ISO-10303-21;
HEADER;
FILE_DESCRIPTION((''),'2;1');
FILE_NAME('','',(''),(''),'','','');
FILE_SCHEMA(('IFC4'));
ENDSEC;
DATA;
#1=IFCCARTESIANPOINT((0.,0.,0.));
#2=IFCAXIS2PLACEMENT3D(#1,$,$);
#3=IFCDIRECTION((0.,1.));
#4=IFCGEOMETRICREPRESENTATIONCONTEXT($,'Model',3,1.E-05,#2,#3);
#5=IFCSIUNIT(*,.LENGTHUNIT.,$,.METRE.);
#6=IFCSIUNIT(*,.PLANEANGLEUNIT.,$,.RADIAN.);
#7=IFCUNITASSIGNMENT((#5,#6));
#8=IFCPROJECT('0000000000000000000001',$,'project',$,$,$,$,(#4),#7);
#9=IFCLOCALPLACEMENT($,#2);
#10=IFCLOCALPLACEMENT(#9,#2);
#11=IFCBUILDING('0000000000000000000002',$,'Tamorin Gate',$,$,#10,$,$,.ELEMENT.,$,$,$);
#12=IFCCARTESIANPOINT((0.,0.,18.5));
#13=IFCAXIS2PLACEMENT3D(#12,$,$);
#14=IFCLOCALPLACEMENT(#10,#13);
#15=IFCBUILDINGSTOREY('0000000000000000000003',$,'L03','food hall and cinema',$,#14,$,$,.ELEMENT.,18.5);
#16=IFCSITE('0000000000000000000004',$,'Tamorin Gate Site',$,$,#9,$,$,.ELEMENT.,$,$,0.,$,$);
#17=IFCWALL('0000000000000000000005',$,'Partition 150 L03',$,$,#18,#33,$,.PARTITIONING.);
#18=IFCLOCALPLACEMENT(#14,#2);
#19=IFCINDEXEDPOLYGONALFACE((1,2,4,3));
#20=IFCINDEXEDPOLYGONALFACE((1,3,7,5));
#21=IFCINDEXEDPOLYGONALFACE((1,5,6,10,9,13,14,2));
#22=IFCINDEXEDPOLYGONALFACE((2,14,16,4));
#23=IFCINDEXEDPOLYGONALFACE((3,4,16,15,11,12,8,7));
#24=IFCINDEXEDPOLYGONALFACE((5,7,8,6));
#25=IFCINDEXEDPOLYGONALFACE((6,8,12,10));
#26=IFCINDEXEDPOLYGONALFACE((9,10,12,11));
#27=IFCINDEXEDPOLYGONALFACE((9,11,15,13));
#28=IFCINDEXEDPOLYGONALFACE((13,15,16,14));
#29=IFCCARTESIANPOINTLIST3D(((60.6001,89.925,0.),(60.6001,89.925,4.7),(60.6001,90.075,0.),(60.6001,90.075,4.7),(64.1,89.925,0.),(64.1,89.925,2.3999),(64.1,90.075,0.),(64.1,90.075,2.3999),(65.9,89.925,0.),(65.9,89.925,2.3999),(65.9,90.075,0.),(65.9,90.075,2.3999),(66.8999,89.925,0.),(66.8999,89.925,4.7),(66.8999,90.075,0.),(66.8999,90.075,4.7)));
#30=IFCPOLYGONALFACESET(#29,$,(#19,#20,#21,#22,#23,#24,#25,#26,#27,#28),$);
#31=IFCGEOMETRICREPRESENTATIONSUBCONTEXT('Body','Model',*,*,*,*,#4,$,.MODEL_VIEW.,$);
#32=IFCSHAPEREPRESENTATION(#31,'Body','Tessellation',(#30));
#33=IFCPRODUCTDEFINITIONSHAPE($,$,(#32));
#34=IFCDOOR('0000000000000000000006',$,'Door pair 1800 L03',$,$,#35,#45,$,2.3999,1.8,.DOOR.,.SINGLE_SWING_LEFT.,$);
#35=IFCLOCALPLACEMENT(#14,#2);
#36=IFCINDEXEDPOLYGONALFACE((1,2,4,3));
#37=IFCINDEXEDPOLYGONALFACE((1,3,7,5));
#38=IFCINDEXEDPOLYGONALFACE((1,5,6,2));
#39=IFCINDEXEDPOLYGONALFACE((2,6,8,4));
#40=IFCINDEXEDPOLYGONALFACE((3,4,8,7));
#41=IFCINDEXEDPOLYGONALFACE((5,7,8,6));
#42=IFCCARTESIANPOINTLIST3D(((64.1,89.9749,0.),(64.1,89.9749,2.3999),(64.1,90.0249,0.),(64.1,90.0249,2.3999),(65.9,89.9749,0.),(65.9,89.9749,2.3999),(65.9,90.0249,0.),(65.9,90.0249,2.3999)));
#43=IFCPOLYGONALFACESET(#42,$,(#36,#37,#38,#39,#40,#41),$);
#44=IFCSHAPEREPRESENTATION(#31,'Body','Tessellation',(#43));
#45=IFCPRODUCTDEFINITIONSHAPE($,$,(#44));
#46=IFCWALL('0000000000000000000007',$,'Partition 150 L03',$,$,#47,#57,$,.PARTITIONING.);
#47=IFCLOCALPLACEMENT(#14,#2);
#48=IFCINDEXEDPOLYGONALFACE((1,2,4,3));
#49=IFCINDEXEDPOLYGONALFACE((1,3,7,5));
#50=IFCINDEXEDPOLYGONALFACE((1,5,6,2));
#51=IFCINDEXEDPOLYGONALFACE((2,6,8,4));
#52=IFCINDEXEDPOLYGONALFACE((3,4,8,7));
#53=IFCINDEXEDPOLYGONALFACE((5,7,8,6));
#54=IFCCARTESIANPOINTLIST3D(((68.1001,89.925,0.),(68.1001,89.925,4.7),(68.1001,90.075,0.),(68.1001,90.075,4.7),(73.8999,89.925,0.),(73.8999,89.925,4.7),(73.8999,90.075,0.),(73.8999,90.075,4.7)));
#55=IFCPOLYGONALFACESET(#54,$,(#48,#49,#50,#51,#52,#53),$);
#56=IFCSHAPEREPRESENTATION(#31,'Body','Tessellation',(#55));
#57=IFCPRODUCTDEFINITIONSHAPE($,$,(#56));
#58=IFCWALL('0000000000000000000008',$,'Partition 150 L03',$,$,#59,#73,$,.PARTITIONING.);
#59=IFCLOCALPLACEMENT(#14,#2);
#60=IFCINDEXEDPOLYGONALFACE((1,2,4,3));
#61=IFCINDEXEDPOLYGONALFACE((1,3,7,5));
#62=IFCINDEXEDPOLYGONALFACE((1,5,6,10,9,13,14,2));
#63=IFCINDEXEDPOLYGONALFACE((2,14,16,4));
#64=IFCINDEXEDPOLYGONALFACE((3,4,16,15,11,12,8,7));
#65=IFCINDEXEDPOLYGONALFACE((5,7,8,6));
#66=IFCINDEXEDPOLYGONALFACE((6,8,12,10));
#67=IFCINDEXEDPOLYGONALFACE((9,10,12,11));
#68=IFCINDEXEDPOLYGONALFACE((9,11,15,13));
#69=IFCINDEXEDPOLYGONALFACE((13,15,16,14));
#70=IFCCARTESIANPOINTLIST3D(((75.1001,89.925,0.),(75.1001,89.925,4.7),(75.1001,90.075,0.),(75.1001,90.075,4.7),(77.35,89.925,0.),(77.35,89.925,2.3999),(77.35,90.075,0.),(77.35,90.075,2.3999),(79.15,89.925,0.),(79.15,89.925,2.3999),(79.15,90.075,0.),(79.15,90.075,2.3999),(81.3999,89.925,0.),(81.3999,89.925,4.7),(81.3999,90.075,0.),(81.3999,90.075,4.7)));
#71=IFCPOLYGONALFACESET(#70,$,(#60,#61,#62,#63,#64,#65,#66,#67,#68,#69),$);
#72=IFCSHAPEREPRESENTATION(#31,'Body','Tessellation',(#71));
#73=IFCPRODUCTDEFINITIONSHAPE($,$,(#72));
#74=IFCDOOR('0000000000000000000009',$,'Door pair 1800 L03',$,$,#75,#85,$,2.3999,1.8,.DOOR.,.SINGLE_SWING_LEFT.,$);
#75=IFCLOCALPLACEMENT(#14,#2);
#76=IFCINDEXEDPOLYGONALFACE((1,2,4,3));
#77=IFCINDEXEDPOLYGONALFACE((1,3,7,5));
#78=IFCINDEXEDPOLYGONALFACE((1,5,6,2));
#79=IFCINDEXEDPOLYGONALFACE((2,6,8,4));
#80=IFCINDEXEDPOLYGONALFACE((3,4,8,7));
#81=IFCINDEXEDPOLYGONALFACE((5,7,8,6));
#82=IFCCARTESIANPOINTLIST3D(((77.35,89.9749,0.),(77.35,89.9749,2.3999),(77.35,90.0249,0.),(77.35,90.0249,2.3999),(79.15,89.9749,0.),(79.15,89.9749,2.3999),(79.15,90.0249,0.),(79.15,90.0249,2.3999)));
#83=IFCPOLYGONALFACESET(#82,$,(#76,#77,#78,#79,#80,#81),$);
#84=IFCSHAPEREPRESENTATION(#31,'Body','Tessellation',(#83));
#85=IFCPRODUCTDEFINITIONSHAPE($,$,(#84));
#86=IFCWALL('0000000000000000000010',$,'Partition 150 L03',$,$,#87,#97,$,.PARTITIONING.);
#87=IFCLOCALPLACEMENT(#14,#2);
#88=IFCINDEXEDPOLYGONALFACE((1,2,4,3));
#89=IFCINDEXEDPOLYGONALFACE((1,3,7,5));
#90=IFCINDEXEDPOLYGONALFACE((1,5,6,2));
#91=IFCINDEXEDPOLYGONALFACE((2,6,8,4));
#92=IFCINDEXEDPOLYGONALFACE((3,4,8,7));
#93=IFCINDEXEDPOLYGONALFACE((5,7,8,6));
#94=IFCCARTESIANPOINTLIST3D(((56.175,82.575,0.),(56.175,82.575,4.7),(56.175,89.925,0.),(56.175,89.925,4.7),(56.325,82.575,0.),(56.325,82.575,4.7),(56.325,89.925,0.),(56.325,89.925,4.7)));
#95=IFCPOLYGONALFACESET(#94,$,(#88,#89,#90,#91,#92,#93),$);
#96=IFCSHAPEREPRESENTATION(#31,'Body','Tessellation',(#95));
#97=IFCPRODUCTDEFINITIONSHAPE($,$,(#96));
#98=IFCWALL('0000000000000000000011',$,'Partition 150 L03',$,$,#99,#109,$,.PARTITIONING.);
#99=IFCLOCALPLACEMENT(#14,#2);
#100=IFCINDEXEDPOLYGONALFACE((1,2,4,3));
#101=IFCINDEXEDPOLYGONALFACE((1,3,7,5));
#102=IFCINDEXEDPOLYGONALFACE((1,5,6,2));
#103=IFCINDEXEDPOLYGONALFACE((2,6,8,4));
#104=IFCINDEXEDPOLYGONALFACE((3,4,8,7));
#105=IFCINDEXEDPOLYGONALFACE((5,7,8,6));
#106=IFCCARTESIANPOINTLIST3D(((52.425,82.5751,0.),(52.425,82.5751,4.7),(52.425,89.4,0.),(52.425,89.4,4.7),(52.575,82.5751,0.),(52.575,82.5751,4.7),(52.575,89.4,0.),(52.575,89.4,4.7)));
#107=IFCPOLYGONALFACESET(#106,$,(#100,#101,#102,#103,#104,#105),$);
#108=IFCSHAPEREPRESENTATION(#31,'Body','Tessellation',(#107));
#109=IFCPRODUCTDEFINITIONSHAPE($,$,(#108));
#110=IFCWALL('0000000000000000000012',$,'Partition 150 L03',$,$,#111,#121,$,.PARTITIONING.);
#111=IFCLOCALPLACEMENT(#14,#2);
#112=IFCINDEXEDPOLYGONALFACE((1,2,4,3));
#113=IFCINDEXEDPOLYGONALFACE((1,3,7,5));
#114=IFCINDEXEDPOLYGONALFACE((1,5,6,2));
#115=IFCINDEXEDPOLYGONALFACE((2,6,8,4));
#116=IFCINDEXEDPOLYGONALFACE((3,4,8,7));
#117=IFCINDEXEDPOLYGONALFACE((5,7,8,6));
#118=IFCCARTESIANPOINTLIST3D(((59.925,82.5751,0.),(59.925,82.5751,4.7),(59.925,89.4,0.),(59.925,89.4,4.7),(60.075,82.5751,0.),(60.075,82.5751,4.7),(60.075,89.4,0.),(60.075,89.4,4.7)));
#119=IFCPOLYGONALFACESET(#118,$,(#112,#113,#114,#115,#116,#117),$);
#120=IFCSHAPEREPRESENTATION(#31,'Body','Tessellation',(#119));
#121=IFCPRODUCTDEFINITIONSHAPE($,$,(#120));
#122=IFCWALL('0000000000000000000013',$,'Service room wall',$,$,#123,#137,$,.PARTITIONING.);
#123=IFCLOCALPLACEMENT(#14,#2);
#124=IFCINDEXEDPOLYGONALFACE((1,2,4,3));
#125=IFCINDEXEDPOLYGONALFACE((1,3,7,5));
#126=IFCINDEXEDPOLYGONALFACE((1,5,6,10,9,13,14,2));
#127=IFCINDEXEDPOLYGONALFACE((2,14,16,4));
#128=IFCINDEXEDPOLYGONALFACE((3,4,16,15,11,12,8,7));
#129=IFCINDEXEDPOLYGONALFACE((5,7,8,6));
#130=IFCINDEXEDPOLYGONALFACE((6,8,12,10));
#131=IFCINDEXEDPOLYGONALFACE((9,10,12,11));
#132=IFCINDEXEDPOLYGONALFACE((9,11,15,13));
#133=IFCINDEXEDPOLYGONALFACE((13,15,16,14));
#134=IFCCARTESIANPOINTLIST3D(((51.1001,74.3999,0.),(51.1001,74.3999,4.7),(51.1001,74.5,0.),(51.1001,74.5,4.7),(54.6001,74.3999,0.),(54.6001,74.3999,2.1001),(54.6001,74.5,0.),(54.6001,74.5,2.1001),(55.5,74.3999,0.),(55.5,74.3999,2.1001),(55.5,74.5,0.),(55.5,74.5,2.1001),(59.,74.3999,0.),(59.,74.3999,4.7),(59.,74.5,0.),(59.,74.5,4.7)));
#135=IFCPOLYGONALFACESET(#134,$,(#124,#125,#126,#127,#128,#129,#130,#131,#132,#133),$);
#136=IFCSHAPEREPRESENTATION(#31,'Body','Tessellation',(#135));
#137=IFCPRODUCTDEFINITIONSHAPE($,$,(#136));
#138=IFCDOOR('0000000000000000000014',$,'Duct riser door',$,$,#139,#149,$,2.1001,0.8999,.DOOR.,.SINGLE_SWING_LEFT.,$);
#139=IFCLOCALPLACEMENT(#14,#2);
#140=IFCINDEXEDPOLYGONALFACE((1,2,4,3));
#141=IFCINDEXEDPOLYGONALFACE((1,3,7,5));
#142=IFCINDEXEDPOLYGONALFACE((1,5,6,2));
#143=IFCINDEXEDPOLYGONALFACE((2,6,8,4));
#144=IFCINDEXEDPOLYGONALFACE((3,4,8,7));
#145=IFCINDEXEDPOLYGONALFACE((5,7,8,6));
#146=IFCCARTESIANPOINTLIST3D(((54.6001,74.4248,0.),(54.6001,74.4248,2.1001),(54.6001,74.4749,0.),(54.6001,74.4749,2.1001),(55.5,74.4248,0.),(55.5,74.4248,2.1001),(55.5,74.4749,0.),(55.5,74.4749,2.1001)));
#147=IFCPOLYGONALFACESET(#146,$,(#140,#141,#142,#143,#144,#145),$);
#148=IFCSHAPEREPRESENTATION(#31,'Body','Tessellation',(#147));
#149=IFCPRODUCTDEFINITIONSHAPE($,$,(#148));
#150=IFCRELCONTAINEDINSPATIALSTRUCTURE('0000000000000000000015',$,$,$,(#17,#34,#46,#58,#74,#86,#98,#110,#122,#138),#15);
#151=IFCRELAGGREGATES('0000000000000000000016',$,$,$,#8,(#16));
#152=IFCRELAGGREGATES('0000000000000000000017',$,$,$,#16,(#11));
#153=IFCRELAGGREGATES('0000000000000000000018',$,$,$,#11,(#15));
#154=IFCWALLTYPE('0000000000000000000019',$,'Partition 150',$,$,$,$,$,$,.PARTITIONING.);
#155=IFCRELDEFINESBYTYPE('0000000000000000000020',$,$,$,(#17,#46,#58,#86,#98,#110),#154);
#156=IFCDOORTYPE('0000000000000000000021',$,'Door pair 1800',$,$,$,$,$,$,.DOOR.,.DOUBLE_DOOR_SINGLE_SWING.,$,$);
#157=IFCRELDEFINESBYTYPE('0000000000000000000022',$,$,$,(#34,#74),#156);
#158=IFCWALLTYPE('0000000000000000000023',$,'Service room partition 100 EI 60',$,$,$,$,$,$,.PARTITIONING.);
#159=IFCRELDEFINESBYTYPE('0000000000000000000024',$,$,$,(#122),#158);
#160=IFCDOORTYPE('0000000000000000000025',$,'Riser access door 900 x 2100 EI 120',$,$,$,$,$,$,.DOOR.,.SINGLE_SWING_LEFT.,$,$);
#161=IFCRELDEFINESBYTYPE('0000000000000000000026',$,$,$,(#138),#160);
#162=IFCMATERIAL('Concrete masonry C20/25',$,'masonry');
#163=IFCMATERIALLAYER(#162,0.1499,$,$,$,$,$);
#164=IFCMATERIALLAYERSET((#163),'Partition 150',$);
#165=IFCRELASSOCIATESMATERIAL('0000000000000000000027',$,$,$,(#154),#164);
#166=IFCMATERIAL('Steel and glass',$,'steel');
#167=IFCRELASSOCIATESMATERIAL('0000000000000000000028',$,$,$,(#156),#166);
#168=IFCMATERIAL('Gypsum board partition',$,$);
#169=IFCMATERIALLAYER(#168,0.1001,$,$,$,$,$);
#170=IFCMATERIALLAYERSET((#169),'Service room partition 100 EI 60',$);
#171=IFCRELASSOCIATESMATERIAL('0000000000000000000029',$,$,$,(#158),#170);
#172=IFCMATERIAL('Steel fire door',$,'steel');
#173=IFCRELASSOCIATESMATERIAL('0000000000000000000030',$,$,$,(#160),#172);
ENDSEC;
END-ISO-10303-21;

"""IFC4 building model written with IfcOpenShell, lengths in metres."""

from ifc_helpers import new_model, si_unit, direction, frame, frame_2d, origin, place, context, subcontext, project, spatial, rectangle, extrude, material, layer, layer_set, type_object, element, fill, save


model = new_model("IFC4")

# Units and contexts
model_context = context("Model", 3, precision=1e-05, world=origin(), true_north=direction((0.0, 1.0)))
body_context = subcontext(model_context, "Body", "Model", "MODEL_VIEW")
ifc_project = project(units=[si_unit("LENGTHUNIT", "METRE"), si_unit("PLANEANGLEUNIT", "RADIAN")], contexts=[model_context])

# Site, building, storey
site_placement = place(None, origin())
site = spatial("IfcSite", under=ifc_project, at=site_placement, Name="Tamorin Gate Site", CompositionType="ELEMENT", RefElevation=0.0)
building_placement = place(site_placement, origin())
building = spatial("IfcBuilding", under=site, at=building_placement, Name="Tamorin Gate", CompositionType="ELEMENT")
storey_placement = place(building_placement, frame((0.0, 0.0, 18.5)))
storey = spatial("IfcBuildingStorey", under=building, at=storey_placement, Name="L03", Description="food hall and cinema", CompositionType="ELEMENT", Elevation=18.5)

# Wall, opening, door
ifc_material_1 = material(Name="Concrete masonry C20/25", Category="masonry")
ifc_layer_1 = layer(ifc_material_1, 0.1499)
ifc_layer_set_1 = layer_set([ifc_layer_1], Name="Partition 150")
wall_type_1 = type_object("IfcWallType", Name="Partition 150", PredefinedType="PARTITIONING", material=ifc_layer_set_1)
wall_1_placement = place(storey_placement, frame((60.6001, 90.0, 0.0), z_axis=(0.0, 0.0, 1.0), x_axis=(1.0, 0.0, 0.0)))
wall_1 = element("IfcWall", 1, at=wall_1_placement, inside=storey, type_object=wall_type_1, Name="Partition 150 L03", PredefinedType="PARTITIONING", context=body_context, shape_type="SweptSolid", body=[
    extrude(rectangle(XDim=6.2998, YDim=0.1499, at=frame_2d((3.1499, 0.0))), origin(), (0.0, 0.0, 1.0), 4.7),
])
opening_1_placement = place(wall_1_placement, frame((3.5, 0.0, 0.0)))
opening_1 = element("IfcOpeningElement", 2, at=opening_1_placement, cuts=wall_1, PredefinedType="OPENING", context=body_context, shape_type="SweptSolid", body=[
    extrude(rectangle(XDim=1.8, YDim=2.3999, at=frame_2d((0.8999, 1.2))), frame((0.0, 0.085, 0.0), z_axis=(0.0, -1.0, 0.0), x_axis=(1.0, 0.0, 0.0)), (0.0, 0.0, 1.0), 0.1699),
])
ifc_material_2 = material(Name="Steel and glass", Category="steel")
door_type_1 = type_object("IfcDoorType", Name="Door pair 1800", OperationType="DOUBLE_DOOR_SINGLE_SWING", PredefinedType="DOOR", material=ifc_material_2)
door_1_placement = place(opening_1_placement, origin())
door_1 = element("IfcDoor", 3, at=door_1_placement, inside=storey, type_object=door_type_1, Name="Door pair 1800 L03", OperationType="SINGLE_SWING_LEFT", OverallHeight=2.3999, OverallWidth=1.8, PredefinedType="DOOR", context=body_context, shape_type="SweptSolid", body=[
    extrude(rectangle(XDim=1.8, YDim=2.3999, at=frame_2d((0.8999, 1.2))), frame((0.0, 0.0249, 0.0), z_axis=(0.0, -1.0, 0.0), x_axis=(1.0, 0.0, 0.0)), (0.0, 0.0, 1.0), 0.05),
])
fill(opening_1, door_1)

# Wall
wall_2_placement = place(storey_placement, frame((68.1001, 90.0, 0.0), z_axis=(0.0, 0.0, 1.0), x_axis=(1.0, 0.0, 0.0)))
element("IfcWall", 4, at=wall_2_placement, inside=storey, type_object=wall_type_1, Name="Partition 150 L03", PredefinedType="PARTITIONING", context=body_context, shape_type="SweptSolid", body=[
    extrude(rectangle(XDim=5.7998, YDim=0.1499, at=frame_2d((2.8999, 0.0))), origin(), (0.0, 0.0, 1.0), 4.7),
])

# Wall, opening, door
wall_3_placement = place(storey_placement, frame((75.1001, 90.0, 0.0), z_axis=(0.0, 0.0, 1.0), x_axis=(1.0, 0.0, 0.0)))
wall_3 = element("IfcWall", 5, at=wall_3_placement, inside=storey, type_object=wall_type_1, Name="Partition 150 L03", PredefinedType="PARTITIONING", context=body_context, shape_type="SweptSolid", body=[
    extrude(rectangle(XDim=6.2998, YDim=0.1499, at=frame_2d((3.1499, 0.0))), origin(), (0.0, 0.0, 1.0), 4.7),
])
opening_2_placement = place(wall_3_placement, frame((2.25, 0.0, 0.0)))
opening_2 = element("IfcOpeningElement", 6, at=opening_2_placement, cuts=wall_3, PredefinedType="OPENING", context=body_context, shape_type="SweptSolid", body=[
    extrude(rectangle(XDim=1.8, YDim=2.3999, at=frame_2d((0.8999, 1.2))), frame((0.0, 0.085, 0.0), z_axis=(0.0, -1.0, 0.0), x_axis=(1.0, 0.0, 0.0)), (0.0, 0.0, 1.0), 0.1699),
])
door_2_placement = place(opening_2_placement, origin())
door_2 = element("IfcDoor", 7, at=door_2_placement, inside=storey, type_object=door_type_1, Name="Door pair 1800 L03", OperationType="SINGLE_SWING_LEFT", OverallHeight=2.3999, OverallWidth=1.8, PredefinedType="DOOR", context=body_context, shape_type="SweptSolid", body=[
    extrude(rectangle(XDim=1.8, YDim=2.3999, at=frame_2d((0.8999, 1.2))), frame((0.0, 0.0249, 0.0), z_axis=(0.0, -1.0, 0.0), x_axis=(1.0, 0.0, 0.0)), (0.0, 0.0, 1.0), 0.05),
])
fill(opening_2, door_2)

# Walls
wall_4_placement = place(storey_placement, frame((56.25, 82.575, 0.0), z_axis=(0.0, 0.0, 1.0), x_axis=(0.0, 1.0, 0.0)))
element("IfcWall", 8, at=wall_4_placement, inside=storey, type_object=wall_type_1, Name="Partition 150 L03", PredefinedType="PARTITIONING", context=body_context, shape_type="SweptSolid", body=[
    extrude(rectangle(XDim=7.3501, YDim=0.1499, at=frame_2d((3.675, 0.0))), origin(), (0.0, 0.0, 1.0), 4.7),
])
for number, where, z_axis, x_axis, name in (
    (9, (52.5, 82.575, 0.0), (0.0, 0.0, 1.0), (0.0, 1.0, 0.0), "Partition 150 L03"),
    (10, (60.0, 82.575, 0.0), (0.0, 0.0, 1.0), (0.0, 1.0, 0.0), "Partition 150 L03"),
):
    element("IfcWall", number, at=place(storey_placement, frame(where, z_axis=z_axis, x_axis=x_axis)), inside=storey, type_object=wall_type_1, Name=name, PredefinedType="PARTITIONING", context=body_context, shape_type="SweptSolid", body=[
        extrude(rectangle(XDim=6.825, YDim=0.1499, at=frame_2d((3.4126, 0.0))), origin(), (0.0, 0.0, 1.0), 4.7),
    ])

# Wall, opening, door
ifc_material_3 = material(Name="Gypsum board partition")
ifc_layer_2 = layer(ifc_material_3, 0.1001)
ifc_layer_set_2 = layer_set([ifc_layer_2], Name="Service room partition 100 EI 60")
wall_type_2 = type_object("IfcWallType", Name="Service room partition 100 EI 60", PredefinedType="PARTITIONING", material=ifc_layer_set_2)
wall_5_placement = place(storey_placement, frame((51.1001, 74.45, 0.0), z_axis=(0.0, 0.0, 1.0), x_axis=(1.0, 0.0, 0.0)))
wall_5 = element("IfcWall", 11, at=wall_5_placement, inside=storey, type_object=wall_type_2, Name="Service room wall", PredefinedType="PARTITIONING", context=body_context, shape_type="SweptSolid", body=[
    extrude(rectangle(XDim=7.8999, YDim=0.1001, at=frame_2d((3.95, 0.0))), origin(), (0.0, 0.0, 1.0), 4.7),
])
opening_3_placement = place(wall_5_placement, frame((3.5, 0.0, 0.0)))
opening_3 = element("IfcOpeningElement", 12, at=opening_3_placement, cuts=wall_5, PredefinedType="OPENING", context=body_context, shape_type="SweptSolid", body=[
    extrude(rectangle(XDim=0.8999, YDim=2.1001, at=frame_2d((0.45, 1.05))), frame((0.0, 0.0601, 0.0), z_axis=(0.0, -1.0, 0.0), x_axis=(1.0, 0.0, 0.0)), (0.0, 0.0, 1.0), 0.1201),
])
ifc_material_4 = material(Name="Steel fire door", Category="steel")
door_type_2 = type_object("IfcDoorType", Name="Riser access door 900 x 2100 EI 120", OperationType="SINGLE_SWING_LEFT", PredefinedType="DOOR", material=ifc_material_4)
door_3_placement = place(opening_3_placement, origin())
door_3 = element("IfcDoor", 13, at=door_3_placement, inside=storey, type_object=door_type_2, Name="Duct riser door", OperationType="SINGLE_SWING_LEFT", OverallHeight=2.1001, OverallWidth=0.8999, PredefinedType="DOOR", context=body_context, shape_type="SweptSolid", body=[
    extrude(rectangle(XDim=0.8999, YDim=2.1001, at=frame_2d((0.45, 1.05))), frame((0.0, 0.0249, 0.0), z_axis=(0.0, -1.0, 0.0), x_axis=(1.0, 0.0, 0.0)), (0.0, 0.0, 1.0), 0.05),
])
fill(opening_3, door_3)

save(model, "model.ifc")
